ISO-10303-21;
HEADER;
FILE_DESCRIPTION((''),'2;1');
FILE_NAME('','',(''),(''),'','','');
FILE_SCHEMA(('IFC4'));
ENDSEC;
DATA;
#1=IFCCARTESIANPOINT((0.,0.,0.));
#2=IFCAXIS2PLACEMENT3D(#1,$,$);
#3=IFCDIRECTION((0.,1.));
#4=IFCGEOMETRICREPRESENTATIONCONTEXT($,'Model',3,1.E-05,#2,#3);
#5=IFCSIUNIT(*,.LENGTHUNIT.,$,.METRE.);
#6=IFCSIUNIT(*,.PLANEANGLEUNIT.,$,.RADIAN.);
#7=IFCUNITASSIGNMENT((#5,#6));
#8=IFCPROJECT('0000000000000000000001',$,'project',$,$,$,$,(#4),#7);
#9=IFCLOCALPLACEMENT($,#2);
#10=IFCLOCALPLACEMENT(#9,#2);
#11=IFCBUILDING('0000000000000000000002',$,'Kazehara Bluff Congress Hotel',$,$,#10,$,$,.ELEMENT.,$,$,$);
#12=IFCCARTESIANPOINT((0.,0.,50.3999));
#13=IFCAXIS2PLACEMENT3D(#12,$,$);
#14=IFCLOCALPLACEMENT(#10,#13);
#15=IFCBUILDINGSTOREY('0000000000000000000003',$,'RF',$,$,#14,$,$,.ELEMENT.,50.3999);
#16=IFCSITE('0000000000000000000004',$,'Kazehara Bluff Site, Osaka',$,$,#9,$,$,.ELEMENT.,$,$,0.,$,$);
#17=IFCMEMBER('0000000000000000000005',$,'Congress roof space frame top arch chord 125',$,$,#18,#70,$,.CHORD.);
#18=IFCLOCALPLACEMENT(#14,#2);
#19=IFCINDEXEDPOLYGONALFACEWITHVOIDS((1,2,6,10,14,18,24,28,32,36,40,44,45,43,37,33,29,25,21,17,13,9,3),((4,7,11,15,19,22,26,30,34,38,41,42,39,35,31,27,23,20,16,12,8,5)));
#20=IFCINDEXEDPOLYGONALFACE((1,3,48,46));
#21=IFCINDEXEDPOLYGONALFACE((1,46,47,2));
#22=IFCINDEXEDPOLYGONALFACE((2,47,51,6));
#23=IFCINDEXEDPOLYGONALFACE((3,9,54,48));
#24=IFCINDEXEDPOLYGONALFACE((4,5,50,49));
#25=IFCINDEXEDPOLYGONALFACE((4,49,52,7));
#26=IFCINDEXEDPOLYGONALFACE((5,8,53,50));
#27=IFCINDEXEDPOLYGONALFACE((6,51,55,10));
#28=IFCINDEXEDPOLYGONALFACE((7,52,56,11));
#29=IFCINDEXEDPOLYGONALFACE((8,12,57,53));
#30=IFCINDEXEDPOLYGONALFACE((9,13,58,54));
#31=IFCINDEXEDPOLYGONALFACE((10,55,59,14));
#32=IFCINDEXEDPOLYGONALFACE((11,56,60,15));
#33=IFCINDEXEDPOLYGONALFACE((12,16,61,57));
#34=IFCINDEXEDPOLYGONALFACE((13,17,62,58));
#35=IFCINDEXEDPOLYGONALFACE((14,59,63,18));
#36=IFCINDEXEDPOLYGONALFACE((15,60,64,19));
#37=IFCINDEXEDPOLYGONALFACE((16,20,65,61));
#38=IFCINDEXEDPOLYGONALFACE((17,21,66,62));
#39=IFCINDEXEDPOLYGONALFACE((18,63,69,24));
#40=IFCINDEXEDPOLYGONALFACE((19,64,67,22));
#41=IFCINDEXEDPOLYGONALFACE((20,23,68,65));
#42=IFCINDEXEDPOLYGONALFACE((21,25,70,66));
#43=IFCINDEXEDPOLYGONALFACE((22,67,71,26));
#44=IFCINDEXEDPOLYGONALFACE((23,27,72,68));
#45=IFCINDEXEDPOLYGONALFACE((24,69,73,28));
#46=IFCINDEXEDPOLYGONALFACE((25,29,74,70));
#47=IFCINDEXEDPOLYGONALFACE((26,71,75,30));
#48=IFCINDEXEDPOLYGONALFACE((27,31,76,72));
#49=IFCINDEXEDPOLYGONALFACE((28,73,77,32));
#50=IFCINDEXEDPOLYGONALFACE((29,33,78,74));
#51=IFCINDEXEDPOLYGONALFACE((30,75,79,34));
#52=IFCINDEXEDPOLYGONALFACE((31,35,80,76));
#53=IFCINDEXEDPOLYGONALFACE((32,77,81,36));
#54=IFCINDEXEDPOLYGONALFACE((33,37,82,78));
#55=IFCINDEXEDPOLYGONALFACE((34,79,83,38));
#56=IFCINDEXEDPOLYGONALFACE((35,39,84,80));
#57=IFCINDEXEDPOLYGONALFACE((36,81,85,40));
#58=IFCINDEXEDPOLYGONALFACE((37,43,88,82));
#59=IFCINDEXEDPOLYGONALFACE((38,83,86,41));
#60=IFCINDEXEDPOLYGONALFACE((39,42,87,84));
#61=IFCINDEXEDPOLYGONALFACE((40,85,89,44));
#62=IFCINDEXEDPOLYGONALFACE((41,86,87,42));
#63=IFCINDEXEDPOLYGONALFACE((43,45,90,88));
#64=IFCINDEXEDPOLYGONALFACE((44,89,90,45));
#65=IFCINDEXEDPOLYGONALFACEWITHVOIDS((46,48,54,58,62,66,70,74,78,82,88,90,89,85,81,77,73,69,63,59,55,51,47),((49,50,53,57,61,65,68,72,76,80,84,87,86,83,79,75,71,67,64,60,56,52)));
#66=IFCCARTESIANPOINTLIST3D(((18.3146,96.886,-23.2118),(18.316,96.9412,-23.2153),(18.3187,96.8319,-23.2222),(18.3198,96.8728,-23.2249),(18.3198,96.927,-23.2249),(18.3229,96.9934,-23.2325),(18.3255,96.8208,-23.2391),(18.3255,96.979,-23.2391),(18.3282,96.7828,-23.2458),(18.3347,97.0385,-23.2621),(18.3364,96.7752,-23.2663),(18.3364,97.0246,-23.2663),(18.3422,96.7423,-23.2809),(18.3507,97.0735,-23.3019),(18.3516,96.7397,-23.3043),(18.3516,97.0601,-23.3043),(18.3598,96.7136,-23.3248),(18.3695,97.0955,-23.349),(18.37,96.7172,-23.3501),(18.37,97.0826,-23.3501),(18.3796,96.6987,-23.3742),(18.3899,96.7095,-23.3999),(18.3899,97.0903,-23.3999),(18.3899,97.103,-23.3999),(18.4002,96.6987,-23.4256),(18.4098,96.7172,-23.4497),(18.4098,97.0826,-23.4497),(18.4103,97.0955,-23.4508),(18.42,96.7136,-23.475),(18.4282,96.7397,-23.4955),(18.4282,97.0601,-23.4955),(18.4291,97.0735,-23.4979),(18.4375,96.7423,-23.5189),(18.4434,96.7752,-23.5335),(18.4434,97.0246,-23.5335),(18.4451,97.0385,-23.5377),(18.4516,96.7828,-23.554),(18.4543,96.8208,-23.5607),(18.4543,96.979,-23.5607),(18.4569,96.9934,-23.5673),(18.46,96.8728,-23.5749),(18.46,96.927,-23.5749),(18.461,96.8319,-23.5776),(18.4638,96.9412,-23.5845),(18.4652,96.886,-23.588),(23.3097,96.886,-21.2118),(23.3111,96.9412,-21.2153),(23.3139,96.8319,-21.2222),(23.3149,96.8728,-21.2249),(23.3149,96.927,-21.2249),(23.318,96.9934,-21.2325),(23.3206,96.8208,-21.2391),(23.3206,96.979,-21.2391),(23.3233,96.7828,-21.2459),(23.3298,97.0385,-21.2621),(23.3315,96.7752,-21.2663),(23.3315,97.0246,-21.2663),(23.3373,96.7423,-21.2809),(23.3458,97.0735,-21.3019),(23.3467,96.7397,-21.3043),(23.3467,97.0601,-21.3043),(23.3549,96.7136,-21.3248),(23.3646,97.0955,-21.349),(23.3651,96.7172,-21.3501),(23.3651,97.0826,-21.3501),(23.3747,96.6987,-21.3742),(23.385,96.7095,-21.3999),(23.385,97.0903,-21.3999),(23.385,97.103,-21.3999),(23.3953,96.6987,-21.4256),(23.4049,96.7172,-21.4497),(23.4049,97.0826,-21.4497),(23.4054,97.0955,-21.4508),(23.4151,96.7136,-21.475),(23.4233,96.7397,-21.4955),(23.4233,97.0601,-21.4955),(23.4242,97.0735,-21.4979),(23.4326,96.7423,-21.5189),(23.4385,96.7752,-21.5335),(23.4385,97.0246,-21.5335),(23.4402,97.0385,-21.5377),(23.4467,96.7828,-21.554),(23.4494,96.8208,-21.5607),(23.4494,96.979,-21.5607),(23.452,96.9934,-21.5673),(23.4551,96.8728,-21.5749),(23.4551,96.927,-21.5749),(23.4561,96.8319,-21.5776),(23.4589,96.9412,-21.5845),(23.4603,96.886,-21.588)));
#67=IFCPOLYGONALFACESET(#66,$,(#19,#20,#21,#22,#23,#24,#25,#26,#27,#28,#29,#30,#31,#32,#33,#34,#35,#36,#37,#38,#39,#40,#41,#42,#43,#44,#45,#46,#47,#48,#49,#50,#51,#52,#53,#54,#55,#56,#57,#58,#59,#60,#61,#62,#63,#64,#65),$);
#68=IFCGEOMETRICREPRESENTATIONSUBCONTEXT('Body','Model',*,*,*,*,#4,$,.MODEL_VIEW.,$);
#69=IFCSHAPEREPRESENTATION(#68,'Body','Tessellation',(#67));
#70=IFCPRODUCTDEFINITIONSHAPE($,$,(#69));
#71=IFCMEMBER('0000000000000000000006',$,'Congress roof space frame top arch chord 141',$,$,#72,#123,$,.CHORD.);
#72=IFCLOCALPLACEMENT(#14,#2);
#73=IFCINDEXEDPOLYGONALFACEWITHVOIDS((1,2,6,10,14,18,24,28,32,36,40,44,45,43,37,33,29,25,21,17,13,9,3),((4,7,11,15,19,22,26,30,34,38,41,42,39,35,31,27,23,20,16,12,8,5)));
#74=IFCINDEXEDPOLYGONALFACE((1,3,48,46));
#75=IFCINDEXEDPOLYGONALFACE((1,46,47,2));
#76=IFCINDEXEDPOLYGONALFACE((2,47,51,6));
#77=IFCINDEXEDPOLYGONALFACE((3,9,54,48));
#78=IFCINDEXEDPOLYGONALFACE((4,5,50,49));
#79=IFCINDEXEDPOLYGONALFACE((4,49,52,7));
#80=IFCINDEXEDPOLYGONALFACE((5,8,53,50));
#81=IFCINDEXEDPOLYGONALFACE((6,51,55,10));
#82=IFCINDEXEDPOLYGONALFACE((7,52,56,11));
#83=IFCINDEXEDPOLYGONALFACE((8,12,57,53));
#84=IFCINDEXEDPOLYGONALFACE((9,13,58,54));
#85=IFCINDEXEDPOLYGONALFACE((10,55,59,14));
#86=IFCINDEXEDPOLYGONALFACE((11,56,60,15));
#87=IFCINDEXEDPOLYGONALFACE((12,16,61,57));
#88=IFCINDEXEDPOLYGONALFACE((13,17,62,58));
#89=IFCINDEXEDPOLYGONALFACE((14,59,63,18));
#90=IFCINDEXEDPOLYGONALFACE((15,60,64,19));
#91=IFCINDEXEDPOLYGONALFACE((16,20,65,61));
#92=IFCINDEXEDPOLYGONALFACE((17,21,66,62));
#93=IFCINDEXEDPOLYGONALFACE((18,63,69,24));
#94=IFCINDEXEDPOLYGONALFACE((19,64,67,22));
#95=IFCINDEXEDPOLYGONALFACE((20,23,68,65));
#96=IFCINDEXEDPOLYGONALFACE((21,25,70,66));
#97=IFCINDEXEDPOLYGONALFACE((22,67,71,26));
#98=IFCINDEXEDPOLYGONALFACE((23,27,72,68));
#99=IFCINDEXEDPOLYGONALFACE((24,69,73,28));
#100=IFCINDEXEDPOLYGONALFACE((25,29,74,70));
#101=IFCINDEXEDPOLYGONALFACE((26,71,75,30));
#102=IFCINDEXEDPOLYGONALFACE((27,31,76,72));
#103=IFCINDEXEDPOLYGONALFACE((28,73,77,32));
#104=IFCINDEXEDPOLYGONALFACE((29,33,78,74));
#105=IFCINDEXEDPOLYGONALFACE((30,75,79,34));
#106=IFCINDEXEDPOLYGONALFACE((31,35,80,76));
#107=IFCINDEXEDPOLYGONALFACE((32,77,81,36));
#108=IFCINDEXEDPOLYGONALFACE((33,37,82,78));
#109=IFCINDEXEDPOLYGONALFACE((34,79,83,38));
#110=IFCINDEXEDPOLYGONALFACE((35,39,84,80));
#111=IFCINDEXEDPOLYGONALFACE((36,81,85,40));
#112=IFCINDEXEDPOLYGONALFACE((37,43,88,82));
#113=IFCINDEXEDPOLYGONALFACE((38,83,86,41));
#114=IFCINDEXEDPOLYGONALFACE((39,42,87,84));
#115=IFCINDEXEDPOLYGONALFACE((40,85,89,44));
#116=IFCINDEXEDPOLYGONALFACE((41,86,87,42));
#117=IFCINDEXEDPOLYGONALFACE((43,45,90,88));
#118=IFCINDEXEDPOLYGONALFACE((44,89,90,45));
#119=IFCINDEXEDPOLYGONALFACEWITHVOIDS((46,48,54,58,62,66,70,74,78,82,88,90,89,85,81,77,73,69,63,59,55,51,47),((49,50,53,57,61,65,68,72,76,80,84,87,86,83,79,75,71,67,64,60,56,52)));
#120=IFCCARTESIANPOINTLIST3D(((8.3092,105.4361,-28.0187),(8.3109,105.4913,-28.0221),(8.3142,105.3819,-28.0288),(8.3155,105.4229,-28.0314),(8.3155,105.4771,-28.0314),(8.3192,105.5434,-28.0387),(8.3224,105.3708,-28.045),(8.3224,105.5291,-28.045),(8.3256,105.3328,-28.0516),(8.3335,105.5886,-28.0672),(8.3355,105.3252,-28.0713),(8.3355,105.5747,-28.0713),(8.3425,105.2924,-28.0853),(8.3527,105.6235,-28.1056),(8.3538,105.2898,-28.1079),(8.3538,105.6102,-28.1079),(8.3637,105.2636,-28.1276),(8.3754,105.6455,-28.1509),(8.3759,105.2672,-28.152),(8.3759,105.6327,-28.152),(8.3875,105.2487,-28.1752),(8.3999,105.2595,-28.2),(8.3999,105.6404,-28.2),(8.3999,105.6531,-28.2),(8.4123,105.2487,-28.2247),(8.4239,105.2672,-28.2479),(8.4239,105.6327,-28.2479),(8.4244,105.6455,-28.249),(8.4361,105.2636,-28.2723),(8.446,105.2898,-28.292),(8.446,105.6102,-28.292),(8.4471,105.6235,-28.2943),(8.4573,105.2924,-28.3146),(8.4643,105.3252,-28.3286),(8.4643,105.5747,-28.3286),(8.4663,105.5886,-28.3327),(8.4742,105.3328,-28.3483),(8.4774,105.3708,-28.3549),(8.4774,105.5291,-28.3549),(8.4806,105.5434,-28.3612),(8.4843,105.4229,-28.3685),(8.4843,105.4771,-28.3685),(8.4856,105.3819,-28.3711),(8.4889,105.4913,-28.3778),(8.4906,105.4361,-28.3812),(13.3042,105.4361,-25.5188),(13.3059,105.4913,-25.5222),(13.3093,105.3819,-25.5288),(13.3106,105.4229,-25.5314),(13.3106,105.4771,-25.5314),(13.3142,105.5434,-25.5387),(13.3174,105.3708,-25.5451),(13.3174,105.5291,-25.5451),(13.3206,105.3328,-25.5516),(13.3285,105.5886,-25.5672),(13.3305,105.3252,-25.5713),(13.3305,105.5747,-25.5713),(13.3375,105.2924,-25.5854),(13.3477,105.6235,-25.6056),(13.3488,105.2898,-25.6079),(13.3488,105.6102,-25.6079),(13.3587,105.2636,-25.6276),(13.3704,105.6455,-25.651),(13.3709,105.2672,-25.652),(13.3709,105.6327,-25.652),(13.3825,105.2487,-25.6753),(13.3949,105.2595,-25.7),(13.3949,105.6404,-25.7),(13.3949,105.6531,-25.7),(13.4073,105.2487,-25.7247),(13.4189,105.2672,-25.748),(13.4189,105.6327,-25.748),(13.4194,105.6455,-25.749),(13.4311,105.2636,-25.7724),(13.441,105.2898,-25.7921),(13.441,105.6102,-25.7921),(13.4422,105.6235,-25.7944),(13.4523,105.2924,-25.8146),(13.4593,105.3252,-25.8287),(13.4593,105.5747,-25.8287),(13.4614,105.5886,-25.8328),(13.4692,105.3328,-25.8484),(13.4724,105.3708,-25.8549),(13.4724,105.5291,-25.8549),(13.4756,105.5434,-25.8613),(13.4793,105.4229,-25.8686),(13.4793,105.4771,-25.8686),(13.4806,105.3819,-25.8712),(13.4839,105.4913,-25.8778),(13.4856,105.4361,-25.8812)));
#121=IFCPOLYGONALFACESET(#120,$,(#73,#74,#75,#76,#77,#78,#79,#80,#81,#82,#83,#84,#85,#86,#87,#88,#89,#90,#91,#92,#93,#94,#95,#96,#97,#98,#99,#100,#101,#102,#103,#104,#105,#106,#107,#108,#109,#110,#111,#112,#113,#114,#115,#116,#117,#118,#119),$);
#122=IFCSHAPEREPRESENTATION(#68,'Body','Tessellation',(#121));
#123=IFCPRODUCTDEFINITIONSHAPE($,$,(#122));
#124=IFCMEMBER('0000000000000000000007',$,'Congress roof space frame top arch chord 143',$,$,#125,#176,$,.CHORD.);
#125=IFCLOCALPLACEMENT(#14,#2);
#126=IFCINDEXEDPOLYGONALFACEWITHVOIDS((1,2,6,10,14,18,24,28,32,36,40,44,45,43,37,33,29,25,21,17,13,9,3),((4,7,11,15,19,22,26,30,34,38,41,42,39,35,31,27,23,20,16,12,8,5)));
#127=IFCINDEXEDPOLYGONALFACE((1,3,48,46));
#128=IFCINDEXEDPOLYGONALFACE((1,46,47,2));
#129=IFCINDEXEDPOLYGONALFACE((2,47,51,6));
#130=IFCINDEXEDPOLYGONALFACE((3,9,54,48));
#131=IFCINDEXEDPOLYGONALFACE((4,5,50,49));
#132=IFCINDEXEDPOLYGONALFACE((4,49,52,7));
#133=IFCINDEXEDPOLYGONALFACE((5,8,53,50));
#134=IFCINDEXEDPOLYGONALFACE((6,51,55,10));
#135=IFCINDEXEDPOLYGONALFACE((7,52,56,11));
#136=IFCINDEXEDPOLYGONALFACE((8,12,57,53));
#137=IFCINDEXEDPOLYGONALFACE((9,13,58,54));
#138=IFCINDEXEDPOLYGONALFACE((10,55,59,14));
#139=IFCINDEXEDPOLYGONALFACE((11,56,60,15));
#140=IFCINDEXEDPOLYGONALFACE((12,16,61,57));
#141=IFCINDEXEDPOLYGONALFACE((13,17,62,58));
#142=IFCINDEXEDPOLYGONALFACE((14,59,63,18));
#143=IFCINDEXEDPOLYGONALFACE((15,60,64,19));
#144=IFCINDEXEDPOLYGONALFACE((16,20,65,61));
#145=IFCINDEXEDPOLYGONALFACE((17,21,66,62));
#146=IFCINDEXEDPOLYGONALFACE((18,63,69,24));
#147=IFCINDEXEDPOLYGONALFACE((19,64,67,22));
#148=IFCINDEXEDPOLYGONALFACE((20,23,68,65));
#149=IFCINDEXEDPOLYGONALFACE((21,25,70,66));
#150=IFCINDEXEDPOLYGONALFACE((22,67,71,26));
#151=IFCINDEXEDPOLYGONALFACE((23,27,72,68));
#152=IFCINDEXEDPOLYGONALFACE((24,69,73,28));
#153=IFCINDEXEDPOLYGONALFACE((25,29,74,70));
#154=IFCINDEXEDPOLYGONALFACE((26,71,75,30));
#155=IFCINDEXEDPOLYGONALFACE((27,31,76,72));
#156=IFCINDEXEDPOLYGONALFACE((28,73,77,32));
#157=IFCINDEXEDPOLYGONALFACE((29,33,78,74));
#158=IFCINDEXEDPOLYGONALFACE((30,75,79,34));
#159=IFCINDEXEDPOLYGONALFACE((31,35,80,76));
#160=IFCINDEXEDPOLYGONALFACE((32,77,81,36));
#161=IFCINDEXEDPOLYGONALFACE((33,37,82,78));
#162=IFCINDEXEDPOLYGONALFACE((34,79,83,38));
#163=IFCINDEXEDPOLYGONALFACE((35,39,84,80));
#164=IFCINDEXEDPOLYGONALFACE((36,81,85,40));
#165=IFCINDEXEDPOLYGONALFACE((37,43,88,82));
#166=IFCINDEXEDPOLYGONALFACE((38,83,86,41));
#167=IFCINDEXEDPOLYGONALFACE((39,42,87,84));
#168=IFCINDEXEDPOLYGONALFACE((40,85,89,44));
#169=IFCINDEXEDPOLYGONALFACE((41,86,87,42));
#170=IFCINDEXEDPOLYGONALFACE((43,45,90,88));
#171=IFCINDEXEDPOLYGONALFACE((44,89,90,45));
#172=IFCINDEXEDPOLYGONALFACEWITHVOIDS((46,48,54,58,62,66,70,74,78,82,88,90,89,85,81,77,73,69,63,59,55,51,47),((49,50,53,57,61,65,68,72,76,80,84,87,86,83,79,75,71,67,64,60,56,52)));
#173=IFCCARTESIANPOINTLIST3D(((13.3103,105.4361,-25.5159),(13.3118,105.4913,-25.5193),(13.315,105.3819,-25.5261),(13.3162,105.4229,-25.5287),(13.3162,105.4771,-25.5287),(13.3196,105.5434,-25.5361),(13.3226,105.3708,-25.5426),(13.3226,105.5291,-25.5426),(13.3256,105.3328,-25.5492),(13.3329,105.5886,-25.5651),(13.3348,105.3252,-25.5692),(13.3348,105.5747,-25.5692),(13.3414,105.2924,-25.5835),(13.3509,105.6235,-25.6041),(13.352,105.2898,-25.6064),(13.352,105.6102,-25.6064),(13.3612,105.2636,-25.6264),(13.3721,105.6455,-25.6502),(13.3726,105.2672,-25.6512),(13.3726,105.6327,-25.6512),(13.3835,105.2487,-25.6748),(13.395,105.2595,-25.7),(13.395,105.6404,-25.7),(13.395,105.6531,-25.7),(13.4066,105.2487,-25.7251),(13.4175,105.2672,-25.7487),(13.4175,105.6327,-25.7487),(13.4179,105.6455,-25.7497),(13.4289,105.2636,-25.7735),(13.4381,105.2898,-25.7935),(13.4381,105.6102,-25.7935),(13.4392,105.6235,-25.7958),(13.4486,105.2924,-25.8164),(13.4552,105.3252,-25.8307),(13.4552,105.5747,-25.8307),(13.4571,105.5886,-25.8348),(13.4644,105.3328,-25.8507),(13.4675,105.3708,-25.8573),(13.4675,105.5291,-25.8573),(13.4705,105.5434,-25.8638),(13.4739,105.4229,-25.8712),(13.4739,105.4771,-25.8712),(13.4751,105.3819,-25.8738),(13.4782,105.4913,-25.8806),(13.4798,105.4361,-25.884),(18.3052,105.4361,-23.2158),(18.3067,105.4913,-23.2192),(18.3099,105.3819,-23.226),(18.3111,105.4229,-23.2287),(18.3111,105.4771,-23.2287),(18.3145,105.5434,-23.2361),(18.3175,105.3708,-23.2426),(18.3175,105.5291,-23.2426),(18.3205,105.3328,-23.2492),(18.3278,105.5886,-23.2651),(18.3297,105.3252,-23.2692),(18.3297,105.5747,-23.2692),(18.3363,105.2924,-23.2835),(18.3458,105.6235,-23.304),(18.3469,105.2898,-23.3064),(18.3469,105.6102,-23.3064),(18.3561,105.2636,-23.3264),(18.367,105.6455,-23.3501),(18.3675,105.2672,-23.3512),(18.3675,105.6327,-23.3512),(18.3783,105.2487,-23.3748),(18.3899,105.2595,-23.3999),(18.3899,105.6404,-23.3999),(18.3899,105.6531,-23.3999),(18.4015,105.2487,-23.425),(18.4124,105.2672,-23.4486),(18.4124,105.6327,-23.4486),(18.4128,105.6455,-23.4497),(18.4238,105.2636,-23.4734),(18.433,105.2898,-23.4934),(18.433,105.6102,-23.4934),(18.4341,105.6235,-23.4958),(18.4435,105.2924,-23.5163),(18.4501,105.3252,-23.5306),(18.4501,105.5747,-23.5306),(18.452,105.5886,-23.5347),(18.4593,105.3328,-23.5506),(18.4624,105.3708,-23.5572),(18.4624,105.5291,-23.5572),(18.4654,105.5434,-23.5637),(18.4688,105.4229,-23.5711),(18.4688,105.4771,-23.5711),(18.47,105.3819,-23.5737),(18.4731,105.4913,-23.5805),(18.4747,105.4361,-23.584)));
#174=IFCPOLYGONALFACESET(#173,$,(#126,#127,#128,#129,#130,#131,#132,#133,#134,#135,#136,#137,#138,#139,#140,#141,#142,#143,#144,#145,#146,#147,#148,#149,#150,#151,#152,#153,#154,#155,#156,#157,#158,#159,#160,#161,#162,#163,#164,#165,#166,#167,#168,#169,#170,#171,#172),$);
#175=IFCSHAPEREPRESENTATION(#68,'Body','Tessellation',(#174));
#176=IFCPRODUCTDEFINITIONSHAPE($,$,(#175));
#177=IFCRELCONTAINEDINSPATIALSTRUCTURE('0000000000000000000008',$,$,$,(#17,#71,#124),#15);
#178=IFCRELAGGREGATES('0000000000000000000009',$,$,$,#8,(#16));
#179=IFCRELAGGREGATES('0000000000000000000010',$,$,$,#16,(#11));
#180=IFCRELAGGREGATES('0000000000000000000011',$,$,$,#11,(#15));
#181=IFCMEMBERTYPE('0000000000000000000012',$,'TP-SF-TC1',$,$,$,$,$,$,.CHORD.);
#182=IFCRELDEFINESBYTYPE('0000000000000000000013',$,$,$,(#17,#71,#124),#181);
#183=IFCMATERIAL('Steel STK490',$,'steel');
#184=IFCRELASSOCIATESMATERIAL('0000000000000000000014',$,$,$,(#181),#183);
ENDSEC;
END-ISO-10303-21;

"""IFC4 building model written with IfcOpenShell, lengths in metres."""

from ifc_helpers import new_model, si_unit, direction, frame, origin, origin_2d, place, context, subcontext, project, spatial, hollow_circle, extrude, material, material_profile, profile_set, type_object, element, save


model = new_model("IFC4")

# Units and contexts
model_context = context("Model", 3, precision=1e-05, world=origin(), true_north=direction((0.0, 1.0)))
body_context = subcontext(model_context, "Body", "Model", "MODEL_VIEW")
ifc_project = project(units=[si_unit("LENGTHUNIT", "METRE"), si_unit("PLANEANGLEUNIT", "RADIAN")], contexts=[model_context])

# Site, building, storey
site_placement = place(None, origin())
site = spatial("IfcSite", under=ifc_project, at=site_placement, Name="Kazehara Bluff Site, Osaka", CompositionType="ELEMENT", RefElevation=0.0)
building_placement = place(site_placement, origin())
building = spatial("IfcBuilding", under=site, at=building_placement, Name="Kazehara Bluff Congress Hotel", CompositionType="ELEMENT")
storey_placement = place(building_placement, frame((0.0, 0.0, 50.3999)))
storey = spatial("IfcBuildingStorey", under=building, at=storey_placement, Name="RF", CompositionType="ELEMENT", Elevation=50.3999)

# Members
ifc_material_1 = material(Name="Steel STK490", Category="steel")
ifc_material_profile_1 = material_profile(ifc_material_1, hollow_circle(Radius=0.2031, WallThickness=0.0127, at=origin_2d()))
ifc_profile_set_1 = profile_set([ifc_material_profile_1], Name="Steel STK490")
member_type_1 = type_object("IfcMemberType", Name="TP-SF-TC1", PredefinedType="CHORD", material=ifc_profile_set_1)
member_1_placement = place(storey_placement, frame((18.3899, 96.8999, -23.3999), z_axis=(0.928351, 0.0, 0.371704), x_axis=(0.0, 1.0, 0.0)))
element("IfcMember", 1, at=member_1_placement, inside=storey, type_object=member_type_1, Name="Congress roof space frame top arch chord 125", PredefinedType="CHORD", context=body_context, shape_type="SweptSolid", body=[
    extrude(hollow_circle(Radius=0.2031, WallThickness=0.0127, at=origin_2d()), origin(), (0.0, 0.0, 1.0), 5.3806),
])
member_2_placement = place(storey_placement, frame((8.3999, 105.45, -28.2), z_axis=(0.894252, 0.0, 0.447563), x_axis=(0.0, 1.0, 0.0)))
element("IfcMember", 2, at=member_2_placement, inside=storey, type_object=member_type_1, Name="Congress roof space frame top arch chord 141", PredefinedType="CHORD", context=body_context, shape_type="SweptSolid", body=[
    extrude(hollow_circle(Radius=0.2031, WallThickness=0.0127, at=origin_2d()), origin(), (0.0, 0.0, 1.0), 5.5857),
])
member_3_placement = place(storey_placement, frame((13.395, 105.45, -25.7), z_axis=(0.908324, 0.0, 0.418267), x_axis=(0.0, 1.0, 0.0)))
element("IfcMember", 3, at=member_3_placement, inside=storey, type_object=member_type_1, Name="Congress roof space frame top arch chord 143", PredefinedType="CHORD", context=body_context, shape_type="SweptSolid", body=[
    extrude(hollow_circle(Radius=0.2031, WallThickness=0.0127, at=origin_2d()), origin(), (0.0, 0.0, 1.0), 5.499),
])

save(model, "model.ifc")
